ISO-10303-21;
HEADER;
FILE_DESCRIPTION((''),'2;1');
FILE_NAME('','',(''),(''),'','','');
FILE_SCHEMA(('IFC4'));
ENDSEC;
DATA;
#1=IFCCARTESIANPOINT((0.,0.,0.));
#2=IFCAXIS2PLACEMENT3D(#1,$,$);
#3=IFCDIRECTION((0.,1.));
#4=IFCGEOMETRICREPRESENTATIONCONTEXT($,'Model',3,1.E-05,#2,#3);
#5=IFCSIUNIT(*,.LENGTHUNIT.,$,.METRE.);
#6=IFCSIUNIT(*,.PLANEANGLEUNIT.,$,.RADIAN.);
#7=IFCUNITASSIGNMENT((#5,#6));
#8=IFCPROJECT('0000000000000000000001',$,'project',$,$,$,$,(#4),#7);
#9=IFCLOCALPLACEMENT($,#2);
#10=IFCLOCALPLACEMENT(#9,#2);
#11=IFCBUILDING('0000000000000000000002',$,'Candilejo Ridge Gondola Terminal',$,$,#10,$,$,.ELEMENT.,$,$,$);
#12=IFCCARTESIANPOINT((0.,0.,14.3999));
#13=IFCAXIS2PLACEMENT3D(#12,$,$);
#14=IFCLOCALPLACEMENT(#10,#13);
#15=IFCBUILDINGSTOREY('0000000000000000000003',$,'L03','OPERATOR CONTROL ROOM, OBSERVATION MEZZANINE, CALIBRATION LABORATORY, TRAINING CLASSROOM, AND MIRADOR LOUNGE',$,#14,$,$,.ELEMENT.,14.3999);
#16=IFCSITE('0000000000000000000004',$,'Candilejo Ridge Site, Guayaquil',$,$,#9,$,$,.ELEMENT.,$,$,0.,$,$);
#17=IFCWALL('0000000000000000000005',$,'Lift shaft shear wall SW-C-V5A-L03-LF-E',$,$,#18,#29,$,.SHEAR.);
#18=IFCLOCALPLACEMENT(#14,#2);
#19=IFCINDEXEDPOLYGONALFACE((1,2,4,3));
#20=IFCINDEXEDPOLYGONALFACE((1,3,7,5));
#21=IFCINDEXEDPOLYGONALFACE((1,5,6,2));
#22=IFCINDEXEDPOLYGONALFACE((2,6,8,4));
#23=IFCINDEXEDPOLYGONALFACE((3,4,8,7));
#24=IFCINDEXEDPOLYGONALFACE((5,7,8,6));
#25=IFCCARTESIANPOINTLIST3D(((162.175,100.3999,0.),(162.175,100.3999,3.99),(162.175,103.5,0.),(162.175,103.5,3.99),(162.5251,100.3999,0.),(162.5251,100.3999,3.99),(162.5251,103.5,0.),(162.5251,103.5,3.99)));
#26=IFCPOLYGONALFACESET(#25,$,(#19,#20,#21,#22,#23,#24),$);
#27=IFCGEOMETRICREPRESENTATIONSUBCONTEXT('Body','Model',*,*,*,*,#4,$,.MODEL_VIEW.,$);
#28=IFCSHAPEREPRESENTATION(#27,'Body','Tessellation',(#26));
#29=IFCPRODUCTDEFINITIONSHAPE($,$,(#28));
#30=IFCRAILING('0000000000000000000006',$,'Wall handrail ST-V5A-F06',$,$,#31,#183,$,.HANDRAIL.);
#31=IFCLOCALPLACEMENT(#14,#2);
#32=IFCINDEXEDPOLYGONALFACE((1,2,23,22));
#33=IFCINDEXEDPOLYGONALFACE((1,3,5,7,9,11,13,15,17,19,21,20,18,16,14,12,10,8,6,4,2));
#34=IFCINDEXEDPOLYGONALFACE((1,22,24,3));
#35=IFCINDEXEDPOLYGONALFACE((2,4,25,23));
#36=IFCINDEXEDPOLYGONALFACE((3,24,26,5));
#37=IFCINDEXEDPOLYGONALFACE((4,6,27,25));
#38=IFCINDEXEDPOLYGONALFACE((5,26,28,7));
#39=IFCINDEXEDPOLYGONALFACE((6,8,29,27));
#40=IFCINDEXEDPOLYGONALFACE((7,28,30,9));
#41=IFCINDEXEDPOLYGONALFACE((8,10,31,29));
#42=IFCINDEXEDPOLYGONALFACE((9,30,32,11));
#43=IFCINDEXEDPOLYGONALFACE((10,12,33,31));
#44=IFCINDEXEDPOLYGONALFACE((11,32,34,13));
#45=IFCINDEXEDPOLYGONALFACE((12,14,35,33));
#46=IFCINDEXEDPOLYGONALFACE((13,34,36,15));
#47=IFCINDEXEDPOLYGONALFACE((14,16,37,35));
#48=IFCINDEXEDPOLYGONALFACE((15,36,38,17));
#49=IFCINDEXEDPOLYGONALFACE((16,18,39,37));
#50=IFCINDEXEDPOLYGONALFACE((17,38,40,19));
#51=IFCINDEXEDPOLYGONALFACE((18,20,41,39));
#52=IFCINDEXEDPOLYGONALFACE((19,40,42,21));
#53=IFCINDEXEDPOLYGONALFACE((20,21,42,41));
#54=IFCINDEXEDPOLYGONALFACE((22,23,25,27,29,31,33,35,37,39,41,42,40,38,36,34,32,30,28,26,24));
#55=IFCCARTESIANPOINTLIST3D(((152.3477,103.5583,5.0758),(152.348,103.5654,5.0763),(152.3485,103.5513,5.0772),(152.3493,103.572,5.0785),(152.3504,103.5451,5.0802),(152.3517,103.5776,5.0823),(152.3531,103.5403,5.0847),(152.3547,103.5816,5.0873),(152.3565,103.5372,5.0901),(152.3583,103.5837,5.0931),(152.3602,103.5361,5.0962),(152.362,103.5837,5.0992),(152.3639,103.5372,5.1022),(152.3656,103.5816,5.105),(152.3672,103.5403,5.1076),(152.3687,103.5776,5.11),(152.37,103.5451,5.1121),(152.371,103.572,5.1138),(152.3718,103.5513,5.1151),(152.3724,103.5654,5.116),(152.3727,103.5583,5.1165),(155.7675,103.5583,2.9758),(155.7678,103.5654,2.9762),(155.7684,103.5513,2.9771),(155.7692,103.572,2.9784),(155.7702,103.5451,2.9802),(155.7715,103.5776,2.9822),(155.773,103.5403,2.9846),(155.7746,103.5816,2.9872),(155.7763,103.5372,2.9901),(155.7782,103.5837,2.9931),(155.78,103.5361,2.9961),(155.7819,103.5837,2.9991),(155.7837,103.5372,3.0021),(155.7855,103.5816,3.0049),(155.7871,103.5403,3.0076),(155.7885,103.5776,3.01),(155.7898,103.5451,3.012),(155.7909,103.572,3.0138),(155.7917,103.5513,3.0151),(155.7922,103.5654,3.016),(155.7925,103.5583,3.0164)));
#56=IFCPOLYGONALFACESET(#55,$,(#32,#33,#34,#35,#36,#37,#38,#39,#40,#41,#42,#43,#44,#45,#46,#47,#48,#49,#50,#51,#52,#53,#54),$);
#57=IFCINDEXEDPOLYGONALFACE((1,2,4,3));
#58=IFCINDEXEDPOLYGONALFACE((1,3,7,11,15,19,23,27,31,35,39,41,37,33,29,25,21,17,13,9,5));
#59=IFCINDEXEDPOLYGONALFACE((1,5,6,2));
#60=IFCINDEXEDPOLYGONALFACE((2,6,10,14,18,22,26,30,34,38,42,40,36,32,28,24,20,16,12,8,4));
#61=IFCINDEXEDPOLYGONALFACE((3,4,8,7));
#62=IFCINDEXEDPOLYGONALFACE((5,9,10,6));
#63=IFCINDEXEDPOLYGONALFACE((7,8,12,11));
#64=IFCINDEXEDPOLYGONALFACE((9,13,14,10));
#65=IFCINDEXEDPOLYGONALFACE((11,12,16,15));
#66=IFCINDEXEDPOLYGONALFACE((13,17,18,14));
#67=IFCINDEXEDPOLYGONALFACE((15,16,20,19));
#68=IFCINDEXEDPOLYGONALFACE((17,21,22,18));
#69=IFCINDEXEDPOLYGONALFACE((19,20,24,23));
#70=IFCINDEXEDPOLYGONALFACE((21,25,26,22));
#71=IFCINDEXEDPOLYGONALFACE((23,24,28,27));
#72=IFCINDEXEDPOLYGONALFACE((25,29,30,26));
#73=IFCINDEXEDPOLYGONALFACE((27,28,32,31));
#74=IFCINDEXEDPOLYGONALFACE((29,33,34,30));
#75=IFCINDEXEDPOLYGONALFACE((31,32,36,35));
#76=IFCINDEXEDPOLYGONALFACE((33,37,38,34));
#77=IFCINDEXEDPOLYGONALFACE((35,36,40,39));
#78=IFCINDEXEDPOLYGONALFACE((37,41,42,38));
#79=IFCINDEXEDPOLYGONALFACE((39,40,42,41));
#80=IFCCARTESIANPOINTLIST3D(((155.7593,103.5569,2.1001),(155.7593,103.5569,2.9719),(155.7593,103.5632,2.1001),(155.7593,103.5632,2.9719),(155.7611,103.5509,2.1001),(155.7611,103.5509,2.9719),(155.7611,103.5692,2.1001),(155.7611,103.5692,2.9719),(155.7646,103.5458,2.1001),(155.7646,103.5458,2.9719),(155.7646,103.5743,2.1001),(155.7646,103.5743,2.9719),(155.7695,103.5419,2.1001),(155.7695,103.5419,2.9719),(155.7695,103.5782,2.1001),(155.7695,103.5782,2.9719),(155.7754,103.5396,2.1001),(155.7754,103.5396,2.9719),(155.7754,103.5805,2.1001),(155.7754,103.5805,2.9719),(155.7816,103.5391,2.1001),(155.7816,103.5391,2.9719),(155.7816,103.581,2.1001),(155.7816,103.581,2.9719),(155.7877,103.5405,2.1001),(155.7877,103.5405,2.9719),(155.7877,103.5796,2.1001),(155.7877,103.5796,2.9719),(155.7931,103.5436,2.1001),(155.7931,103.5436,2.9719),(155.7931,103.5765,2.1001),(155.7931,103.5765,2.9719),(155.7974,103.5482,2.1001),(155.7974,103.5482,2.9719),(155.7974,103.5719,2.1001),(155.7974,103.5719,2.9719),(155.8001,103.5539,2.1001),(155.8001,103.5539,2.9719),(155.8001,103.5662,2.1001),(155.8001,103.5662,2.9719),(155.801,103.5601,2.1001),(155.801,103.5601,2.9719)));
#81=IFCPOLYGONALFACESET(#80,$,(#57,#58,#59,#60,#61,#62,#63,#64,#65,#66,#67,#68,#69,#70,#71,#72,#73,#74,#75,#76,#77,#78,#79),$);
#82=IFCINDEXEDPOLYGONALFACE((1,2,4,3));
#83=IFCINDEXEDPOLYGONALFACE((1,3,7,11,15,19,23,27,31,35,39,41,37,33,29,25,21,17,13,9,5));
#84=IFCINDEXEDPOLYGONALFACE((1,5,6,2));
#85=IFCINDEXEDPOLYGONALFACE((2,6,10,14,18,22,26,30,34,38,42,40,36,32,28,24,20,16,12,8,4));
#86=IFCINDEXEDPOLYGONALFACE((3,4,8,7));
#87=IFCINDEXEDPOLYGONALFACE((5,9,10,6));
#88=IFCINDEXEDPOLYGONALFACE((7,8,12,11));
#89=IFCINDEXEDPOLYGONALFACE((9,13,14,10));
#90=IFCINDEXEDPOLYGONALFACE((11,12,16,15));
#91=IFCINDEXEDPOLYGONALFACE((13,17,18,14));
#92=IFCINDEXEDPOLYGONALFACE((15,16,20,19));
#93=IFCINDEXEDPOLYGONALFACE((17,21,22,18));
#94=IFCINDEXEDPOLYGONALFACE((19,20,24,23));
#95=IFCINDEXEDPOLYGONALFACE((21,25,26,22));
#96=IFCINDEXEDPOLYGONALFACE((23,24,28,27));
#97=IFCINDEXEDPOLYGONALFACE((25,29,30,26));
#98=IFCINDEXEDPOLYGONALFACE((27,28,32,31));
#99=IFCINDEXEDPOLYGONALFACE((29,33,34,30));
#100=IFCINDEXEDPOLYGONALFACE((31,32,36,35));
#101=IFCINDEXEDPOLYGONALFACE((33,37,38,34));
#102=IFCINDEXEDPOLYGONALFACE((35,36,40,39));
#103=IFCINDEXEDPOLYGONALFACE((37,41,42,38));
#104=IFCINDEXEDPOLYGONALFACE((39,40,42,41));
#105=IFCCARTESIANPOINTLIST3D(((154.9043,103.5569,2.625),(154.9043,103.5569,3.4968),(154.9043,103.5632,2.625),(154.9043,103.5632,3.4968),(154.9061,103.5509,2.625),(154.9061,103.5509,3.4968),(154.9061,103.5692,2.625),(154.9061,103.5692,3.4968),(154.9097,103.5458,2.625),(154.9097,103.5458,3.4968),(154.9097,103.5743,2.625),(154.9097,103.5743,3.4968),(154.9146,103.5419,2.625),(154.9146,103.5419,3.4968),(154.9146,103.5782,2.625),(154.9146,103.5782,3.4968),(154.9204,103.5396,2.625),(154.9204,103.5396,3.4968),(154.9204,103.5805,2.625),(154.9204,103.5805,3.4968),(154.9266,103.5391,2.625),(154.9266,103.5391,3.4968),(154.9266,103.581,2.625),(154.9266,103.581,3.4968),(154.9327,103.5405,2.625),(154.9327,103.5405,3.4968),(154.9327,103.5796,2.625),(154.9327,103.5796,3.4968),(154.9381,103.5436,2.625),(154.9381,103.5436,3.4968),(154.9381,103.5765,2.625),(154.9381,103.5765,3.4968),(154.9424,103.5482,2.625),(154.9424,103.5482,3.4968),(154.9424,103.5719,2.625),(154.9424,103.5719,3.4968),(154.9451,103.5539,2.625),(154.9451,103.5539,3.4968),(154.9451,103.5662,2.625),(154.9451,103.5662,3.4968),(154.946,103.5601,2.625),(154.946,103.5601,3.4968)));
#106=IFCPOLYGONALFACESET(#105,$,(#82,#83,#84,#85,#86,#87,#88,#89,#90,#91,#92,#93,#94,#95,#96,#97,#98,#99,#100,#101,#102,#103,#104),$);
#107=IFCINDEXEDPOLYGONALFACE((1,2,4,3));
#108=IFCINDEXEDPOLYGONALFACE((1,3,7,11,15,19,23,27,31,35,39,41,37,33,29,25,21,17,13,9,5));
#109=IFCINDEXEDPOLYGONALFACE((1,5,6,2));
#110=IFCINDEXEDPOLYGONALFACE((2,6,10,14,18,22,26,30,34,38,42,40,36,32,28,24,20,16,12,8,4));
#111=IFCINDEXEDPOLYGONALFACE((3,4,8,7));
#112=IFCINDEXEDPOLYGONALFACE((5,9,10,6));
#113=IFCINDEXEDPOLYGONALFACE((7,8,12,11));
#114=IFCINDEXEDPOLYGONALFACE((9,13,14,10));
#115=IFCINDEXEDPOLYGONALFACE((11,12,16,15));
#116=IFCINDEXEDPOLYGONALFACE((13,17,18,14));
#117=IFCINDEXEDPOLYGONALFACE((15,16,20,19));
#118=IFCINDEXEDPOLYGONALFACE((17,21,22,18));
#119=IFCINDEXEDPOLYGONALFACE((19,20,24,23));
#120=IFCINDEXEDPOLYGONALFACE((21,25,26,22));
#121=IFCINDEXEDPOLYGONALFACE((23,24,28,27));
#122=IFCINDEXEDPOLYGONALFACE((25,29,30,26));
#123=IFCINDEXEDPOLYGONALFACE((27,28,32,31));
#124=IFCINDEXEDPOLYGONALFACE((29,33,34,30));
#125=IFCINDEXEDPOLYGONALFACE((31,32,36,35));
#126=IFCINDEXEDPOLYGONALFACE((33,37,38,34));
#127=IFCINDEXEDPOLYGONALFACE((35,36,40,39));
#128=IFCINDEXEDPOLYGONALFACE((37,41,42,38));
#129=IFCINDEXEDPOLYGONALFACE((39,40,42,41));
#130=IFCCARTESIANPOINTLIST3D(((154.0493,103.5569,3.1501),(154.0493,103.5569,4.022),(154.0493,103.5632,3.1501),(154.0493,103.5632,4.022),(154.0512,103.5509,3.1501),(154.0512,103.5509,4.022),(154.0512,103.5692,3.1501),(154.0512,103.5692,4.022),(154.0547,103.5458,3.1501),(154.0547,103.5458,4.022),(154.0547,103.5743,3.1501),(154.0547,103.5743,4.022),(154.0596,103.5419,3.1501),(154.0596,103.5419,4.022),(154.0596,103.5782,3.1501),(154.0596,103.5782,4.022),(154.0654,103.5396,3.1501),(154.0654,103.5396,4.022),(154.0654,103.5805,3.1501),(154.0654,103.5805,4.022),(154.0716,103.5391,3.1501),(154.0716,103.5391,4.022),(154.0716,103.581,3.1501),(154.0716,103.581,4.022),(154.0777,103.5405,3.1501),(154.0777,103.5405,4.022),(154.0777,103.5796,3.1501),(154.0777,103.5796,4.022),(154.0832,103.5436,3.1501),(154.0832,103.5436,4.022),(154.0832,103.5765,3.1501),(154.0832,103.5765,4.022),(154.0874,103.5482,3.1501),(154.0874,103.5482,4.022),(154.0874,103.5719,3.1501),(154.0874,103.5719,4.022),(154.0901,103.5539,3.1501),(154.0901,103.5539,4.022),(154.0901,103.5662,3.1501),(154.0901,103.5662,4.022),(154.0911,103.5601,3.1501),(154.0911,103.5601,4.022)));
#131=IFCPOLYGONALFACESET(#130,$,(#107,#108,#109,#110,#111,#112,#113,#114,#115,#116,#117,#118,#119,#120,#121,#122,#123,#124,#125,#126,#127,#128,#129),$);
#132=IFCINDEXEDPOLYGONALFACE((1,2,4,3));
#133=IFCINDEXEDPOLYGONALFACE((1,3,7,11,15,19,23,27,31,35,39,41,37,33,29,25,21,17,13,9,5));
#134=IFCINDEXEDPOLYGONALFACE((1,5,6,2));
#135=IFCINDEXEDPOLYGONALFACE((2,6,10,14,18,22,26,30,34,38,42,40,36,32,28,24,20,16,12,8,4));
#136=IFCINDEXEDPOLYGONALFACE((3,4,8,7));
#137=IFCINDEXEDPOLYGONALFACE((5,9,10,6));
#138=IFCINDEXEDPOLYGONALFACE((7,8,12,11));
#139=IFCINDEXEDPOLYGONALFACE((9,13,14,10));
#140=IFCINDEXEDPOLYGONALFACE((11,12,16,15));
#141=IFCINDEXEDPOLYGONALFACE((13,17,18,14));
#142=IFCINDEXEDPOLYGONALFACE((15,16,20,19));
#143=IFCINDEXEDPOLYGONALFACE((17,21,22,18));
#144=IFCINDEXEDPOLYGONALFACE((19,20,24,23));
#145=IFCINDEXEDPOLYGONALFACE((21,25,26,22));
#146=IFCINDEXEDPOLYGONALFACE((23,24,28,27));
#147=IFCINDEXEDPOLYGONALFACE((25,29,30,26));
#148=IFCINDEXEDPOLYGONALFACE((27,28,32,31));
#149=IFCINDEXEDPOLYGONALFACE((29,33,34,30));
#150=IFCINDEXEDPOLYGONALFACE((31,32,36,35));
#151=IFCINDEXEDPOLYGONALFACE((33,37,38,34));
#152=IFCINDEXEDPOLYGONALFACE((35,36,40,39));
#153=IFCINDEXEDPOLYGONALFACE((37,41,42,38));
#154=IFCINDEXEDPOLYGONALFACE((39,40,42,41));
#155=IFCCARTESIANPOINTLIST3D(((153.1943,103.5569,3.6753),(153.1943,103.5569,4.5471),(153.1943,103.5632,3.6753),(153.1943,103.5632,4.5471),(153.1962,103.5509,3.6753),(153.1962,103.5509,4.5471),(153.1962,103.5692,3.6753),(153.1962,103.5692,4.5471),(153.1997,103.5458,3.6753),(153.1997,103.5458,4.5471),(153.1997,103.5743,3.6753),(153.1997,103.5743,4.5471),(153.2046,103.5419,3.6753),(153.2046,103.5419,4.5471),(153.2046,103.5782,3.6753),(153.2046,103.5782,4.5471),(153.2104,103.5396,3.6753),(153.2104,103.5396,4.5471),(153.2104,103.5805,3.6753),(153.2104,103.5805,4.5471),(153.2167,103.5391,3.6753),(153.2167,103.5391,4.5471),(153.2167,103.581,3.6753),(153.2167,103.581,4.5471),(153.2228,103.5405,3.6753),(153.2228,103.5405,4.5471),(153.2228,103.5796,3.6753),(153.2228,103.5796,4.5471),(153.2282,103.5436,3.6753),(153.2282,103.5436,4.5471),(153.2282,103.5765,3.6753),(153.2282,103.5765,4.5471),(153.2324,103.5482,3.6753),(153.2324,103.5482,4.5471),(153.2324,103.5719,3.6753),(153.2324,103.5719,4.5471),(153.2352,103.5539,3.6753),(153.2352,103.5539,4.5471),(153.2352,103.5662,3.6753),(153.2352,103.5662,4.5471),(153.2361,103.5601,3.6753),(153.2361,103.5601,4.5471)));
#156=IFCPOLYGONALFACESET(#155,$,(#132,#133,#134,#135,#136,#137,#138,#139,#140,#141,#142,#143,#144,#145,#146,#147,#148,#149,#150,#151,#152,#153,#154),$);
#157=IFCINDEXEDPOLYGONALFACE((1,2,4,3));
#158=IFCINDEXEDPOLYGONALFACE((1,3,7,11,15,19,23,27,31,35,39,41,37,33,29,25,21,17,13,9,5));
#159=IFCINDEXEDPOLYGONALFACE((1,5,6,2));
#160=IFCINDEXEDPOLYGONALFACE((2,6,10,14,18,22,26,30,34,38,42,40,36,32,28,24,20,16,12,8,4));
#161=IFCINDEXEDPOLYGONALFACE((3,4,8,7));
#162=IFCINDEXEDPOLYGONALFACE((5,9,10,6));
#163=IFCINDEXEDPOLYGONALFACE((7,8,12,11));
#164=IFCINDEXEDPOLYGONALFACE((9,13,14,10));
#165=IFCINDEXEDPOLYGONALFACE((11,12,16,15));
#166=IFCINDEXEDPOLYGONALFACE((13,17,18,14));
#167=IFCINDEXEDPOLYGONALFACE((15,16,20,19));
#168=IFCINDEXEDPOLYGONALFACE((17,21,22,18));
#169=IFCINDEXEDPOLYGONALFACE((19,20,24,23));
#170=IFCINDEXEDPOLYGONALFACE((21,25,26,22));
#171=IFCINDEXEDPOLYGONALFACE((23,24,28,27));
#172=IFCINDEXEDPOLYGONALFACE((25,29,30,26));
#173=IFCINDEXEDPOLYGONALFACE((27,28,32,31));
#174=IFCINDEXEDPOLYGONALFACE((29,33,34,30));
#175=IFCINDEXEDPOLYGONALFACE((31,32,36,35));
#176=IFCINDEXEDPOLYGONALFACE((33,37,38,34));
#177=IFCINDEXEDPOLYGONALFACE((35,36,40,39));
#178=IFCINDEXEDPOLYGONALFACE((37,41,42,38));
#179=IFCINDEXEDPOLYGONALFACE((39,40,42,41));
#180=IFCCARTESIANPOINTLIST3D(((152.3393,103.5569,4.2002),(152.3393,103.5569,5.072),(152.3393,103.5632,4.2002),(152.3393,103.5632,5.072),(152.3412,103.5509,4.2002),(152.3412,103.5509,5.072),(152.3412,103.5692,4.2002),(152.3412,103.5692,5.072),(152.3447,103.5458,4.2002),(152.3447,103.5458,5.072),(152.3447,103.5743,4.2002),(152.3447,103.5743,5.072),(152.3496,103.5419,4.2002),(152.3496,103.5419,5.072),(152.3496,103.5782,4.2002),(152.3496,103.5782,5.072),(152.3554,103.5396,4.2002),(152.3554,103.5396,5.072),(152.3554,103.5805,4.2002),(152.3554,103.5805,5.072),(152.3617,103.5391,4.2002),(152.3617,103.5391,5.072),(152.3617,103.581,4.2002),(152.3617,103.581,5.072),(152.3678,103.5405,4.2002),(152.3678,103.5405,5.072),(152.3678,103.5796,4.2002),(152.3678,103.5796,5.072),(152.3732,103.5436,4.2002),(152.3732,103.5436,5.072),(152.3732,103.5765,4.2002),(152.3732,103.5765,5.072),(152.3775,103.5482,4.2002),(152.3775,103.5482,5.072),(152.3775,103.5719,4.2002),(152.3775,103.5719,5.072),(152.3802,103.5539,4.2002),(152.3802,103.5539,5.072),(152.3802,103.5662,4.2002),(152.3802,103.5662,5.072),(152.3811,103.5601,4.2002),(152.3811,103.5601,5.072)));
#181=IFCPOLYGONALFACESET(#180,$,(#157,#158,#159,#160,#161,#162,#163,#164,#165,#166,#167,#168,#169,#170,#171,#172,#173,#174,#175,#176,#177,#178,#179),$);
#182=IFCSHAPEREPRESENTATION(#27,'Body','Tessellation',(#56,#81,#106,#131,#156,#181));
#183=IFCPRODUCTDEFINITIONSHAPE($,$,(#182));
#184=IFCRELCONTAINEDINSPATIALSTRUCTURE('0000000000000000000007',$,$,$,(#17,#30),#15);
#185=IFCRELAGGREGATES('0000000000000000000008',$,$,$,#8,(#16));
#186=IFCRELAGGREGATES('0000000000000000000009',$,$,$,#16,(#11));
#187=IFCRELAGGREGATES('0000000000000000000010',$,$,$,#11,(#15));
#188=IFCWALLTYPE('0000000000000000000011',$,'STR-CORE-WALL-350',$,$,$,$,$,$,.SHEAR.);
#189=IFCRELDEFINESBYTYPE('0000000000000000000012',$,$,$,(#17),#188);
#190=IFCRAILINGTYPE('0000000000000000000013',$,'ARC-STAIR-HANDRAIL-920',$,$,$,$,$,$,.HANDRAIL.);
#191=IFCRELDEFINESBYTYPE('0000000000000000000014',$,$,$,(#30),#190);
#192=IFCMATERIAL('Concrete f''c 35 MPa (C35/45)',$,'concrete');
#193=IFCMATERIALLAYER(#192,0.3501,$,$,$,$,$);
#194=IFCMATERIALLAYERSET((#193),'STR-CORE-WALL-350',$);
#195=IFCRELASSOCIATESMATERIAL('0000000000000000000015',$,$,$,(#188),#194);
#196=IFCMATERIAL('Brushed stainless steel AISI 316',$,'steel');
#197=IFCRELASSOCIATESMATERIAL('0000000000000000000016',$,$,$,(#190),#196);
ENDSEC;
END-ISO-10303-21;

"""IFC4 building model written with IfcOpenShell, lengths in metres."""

from ifc_helpers import new_model, si_unit, direction, frame, frame_2d, origin, origin_2d, place, context, subcontext, project, spatial, rectangle, circle, extrude, material, layer, layer_set, type_object, element, save


model = new_model("IFC4")

# Units and contexts
model_context = context("Model", 3, precision=1e-05, world=origin(), true_north=direction((0.0, 1.0)))
body_context = subcontext(model_context, "Body", "Model", "MODEL_VIEW")
ifc_project = project(units=[si_unit("LENGTHUNIT", "METRE"), si_unit("PLANEANGLEUNIT", "RADIAN")], contexts=[model_context])

# Site, building, storey
site_placement = place(None, origin())
site = spatial("IfcSite", under=ifc_project, at=site_placement, Name="Candilejo Ridge Site, Guayaquil", CompositionType="ELEMENT", RefElevation=0.0)
building_placement = place(site_placement, origin())
building = spatial("IfcBuilding", under=site, at=building_placement, Name="Candilejo Ridge Gondola Terminal", CompositionType="ELEMENT")
storey_placement = place(building_placement, frame((0.0, 0.0, 14.3999)))
storey = spatial("IfcBuildingStorey", under=building, at=storey_placement, Name="L03", Description="OPERATOR CONTROL ROOM, OBSERVATION MEZZANINE, CALIBRATION LABORATORY, TRAINING CLASSROOM, AND MIRADOR LOUNGE", CompositionType="ELEMENT", Elevation=14.3999)

# Shared definitions
ifc_material_1 = material(Name="Concrete f'c 35 MPa (C35/45)", Category="concrete")
ifc_layer_1 = layer(ifc_material_1, 0.3501)
ifc_layer_set_1 = layer_set([ifc_layer_1], Name="STR-CORE-WALL-350")
wall_type = type_object("IfcWallType", Name="STR-CORE-WALL-350", PredefinedType="SHEAR", material=ifc_layer_set_1)

# Wall
for number, where, z_axis, x_axis, name in (
    (1, (162.3501, 100.3999, 0.0), (0.0, 0.0, 1.0), (0.0, 1.0, 0.0), "Lift shaft shear wall SW-C-V5A-L03-LF-E"),
):
    element("IfcWall", number, at=place(storey_placement, frame(where, z_axis=z_axis, x_axis=x_axis)), inside=storey, type_object=wall_type, Name=name, PredefinedType="SHEAR", context=body_context, shape_type="SweptSolid", body=[
        extrude(rectangle(XDim=3.1001, YDim=0.3501, at=frame_2d((1.55, 0.0))), origin(), (0.0, 0.0, 1.0), 3.99),
    ])

# Railing
ifc_material_2 = material(Name="Brushed stainless steel AISI 316", Category="steel")
railing_type = type_object("IfcRailingType", Name="ARC-STAIR-HANDRAIL-920", PredefinedType="HANDRAIL", material=ifc_material_2)
railing_placement = place(storey_placement, frame((155.78, 103.5601, 2.1001)))
element("IfcRailing", 2, at=railing_placement, inside=storey, type_object=railing_type, Name="Wall handrail ST-V5A-F06", PredefinedType="HANDRAIL", context=body_context, shape_type="SweptSolid", body=[
    extrude(circle(Radius=0.0239, at=origin_2d()), frame((0.0, 0.0, 0.896), z_axis=(-0.852155, 0.0, 0.523289), x_axis=(0.0, -1.0, 0.0)), (0.0, 0.0, 1.0), 4.0132),
    extrude(circle(Radius=0.021, at=origin_2d()), origin(), (0.0, 0.0, 1.0), 0.8718),
    extrude(circle(Radius=0.021, at=origin_2d()), frame((-0.855, 0.0, 0.5249)), (0.0, 0.0, 1.0), 0.8718),
    extrude(circle(Radius=0.021, at=origin_2d()), frame((-1.71, 0.0, 1.05)), (0.0, 0.0, 1.0), 0.8718),
    extrude(circle(Radius=0.021, at=origin_2d()), frame((-2.5649, 0.0, 1.5752)), (0.0, 0.0, 1.0), 0.8718),
    extrude(circle(Radius=0.021, at=origin_2d()), frame((-3.4199, 0.0, 2.1001)), (0.0, 0.0, 1.0), 0.8718),
])

save(model, "model.ifc")
